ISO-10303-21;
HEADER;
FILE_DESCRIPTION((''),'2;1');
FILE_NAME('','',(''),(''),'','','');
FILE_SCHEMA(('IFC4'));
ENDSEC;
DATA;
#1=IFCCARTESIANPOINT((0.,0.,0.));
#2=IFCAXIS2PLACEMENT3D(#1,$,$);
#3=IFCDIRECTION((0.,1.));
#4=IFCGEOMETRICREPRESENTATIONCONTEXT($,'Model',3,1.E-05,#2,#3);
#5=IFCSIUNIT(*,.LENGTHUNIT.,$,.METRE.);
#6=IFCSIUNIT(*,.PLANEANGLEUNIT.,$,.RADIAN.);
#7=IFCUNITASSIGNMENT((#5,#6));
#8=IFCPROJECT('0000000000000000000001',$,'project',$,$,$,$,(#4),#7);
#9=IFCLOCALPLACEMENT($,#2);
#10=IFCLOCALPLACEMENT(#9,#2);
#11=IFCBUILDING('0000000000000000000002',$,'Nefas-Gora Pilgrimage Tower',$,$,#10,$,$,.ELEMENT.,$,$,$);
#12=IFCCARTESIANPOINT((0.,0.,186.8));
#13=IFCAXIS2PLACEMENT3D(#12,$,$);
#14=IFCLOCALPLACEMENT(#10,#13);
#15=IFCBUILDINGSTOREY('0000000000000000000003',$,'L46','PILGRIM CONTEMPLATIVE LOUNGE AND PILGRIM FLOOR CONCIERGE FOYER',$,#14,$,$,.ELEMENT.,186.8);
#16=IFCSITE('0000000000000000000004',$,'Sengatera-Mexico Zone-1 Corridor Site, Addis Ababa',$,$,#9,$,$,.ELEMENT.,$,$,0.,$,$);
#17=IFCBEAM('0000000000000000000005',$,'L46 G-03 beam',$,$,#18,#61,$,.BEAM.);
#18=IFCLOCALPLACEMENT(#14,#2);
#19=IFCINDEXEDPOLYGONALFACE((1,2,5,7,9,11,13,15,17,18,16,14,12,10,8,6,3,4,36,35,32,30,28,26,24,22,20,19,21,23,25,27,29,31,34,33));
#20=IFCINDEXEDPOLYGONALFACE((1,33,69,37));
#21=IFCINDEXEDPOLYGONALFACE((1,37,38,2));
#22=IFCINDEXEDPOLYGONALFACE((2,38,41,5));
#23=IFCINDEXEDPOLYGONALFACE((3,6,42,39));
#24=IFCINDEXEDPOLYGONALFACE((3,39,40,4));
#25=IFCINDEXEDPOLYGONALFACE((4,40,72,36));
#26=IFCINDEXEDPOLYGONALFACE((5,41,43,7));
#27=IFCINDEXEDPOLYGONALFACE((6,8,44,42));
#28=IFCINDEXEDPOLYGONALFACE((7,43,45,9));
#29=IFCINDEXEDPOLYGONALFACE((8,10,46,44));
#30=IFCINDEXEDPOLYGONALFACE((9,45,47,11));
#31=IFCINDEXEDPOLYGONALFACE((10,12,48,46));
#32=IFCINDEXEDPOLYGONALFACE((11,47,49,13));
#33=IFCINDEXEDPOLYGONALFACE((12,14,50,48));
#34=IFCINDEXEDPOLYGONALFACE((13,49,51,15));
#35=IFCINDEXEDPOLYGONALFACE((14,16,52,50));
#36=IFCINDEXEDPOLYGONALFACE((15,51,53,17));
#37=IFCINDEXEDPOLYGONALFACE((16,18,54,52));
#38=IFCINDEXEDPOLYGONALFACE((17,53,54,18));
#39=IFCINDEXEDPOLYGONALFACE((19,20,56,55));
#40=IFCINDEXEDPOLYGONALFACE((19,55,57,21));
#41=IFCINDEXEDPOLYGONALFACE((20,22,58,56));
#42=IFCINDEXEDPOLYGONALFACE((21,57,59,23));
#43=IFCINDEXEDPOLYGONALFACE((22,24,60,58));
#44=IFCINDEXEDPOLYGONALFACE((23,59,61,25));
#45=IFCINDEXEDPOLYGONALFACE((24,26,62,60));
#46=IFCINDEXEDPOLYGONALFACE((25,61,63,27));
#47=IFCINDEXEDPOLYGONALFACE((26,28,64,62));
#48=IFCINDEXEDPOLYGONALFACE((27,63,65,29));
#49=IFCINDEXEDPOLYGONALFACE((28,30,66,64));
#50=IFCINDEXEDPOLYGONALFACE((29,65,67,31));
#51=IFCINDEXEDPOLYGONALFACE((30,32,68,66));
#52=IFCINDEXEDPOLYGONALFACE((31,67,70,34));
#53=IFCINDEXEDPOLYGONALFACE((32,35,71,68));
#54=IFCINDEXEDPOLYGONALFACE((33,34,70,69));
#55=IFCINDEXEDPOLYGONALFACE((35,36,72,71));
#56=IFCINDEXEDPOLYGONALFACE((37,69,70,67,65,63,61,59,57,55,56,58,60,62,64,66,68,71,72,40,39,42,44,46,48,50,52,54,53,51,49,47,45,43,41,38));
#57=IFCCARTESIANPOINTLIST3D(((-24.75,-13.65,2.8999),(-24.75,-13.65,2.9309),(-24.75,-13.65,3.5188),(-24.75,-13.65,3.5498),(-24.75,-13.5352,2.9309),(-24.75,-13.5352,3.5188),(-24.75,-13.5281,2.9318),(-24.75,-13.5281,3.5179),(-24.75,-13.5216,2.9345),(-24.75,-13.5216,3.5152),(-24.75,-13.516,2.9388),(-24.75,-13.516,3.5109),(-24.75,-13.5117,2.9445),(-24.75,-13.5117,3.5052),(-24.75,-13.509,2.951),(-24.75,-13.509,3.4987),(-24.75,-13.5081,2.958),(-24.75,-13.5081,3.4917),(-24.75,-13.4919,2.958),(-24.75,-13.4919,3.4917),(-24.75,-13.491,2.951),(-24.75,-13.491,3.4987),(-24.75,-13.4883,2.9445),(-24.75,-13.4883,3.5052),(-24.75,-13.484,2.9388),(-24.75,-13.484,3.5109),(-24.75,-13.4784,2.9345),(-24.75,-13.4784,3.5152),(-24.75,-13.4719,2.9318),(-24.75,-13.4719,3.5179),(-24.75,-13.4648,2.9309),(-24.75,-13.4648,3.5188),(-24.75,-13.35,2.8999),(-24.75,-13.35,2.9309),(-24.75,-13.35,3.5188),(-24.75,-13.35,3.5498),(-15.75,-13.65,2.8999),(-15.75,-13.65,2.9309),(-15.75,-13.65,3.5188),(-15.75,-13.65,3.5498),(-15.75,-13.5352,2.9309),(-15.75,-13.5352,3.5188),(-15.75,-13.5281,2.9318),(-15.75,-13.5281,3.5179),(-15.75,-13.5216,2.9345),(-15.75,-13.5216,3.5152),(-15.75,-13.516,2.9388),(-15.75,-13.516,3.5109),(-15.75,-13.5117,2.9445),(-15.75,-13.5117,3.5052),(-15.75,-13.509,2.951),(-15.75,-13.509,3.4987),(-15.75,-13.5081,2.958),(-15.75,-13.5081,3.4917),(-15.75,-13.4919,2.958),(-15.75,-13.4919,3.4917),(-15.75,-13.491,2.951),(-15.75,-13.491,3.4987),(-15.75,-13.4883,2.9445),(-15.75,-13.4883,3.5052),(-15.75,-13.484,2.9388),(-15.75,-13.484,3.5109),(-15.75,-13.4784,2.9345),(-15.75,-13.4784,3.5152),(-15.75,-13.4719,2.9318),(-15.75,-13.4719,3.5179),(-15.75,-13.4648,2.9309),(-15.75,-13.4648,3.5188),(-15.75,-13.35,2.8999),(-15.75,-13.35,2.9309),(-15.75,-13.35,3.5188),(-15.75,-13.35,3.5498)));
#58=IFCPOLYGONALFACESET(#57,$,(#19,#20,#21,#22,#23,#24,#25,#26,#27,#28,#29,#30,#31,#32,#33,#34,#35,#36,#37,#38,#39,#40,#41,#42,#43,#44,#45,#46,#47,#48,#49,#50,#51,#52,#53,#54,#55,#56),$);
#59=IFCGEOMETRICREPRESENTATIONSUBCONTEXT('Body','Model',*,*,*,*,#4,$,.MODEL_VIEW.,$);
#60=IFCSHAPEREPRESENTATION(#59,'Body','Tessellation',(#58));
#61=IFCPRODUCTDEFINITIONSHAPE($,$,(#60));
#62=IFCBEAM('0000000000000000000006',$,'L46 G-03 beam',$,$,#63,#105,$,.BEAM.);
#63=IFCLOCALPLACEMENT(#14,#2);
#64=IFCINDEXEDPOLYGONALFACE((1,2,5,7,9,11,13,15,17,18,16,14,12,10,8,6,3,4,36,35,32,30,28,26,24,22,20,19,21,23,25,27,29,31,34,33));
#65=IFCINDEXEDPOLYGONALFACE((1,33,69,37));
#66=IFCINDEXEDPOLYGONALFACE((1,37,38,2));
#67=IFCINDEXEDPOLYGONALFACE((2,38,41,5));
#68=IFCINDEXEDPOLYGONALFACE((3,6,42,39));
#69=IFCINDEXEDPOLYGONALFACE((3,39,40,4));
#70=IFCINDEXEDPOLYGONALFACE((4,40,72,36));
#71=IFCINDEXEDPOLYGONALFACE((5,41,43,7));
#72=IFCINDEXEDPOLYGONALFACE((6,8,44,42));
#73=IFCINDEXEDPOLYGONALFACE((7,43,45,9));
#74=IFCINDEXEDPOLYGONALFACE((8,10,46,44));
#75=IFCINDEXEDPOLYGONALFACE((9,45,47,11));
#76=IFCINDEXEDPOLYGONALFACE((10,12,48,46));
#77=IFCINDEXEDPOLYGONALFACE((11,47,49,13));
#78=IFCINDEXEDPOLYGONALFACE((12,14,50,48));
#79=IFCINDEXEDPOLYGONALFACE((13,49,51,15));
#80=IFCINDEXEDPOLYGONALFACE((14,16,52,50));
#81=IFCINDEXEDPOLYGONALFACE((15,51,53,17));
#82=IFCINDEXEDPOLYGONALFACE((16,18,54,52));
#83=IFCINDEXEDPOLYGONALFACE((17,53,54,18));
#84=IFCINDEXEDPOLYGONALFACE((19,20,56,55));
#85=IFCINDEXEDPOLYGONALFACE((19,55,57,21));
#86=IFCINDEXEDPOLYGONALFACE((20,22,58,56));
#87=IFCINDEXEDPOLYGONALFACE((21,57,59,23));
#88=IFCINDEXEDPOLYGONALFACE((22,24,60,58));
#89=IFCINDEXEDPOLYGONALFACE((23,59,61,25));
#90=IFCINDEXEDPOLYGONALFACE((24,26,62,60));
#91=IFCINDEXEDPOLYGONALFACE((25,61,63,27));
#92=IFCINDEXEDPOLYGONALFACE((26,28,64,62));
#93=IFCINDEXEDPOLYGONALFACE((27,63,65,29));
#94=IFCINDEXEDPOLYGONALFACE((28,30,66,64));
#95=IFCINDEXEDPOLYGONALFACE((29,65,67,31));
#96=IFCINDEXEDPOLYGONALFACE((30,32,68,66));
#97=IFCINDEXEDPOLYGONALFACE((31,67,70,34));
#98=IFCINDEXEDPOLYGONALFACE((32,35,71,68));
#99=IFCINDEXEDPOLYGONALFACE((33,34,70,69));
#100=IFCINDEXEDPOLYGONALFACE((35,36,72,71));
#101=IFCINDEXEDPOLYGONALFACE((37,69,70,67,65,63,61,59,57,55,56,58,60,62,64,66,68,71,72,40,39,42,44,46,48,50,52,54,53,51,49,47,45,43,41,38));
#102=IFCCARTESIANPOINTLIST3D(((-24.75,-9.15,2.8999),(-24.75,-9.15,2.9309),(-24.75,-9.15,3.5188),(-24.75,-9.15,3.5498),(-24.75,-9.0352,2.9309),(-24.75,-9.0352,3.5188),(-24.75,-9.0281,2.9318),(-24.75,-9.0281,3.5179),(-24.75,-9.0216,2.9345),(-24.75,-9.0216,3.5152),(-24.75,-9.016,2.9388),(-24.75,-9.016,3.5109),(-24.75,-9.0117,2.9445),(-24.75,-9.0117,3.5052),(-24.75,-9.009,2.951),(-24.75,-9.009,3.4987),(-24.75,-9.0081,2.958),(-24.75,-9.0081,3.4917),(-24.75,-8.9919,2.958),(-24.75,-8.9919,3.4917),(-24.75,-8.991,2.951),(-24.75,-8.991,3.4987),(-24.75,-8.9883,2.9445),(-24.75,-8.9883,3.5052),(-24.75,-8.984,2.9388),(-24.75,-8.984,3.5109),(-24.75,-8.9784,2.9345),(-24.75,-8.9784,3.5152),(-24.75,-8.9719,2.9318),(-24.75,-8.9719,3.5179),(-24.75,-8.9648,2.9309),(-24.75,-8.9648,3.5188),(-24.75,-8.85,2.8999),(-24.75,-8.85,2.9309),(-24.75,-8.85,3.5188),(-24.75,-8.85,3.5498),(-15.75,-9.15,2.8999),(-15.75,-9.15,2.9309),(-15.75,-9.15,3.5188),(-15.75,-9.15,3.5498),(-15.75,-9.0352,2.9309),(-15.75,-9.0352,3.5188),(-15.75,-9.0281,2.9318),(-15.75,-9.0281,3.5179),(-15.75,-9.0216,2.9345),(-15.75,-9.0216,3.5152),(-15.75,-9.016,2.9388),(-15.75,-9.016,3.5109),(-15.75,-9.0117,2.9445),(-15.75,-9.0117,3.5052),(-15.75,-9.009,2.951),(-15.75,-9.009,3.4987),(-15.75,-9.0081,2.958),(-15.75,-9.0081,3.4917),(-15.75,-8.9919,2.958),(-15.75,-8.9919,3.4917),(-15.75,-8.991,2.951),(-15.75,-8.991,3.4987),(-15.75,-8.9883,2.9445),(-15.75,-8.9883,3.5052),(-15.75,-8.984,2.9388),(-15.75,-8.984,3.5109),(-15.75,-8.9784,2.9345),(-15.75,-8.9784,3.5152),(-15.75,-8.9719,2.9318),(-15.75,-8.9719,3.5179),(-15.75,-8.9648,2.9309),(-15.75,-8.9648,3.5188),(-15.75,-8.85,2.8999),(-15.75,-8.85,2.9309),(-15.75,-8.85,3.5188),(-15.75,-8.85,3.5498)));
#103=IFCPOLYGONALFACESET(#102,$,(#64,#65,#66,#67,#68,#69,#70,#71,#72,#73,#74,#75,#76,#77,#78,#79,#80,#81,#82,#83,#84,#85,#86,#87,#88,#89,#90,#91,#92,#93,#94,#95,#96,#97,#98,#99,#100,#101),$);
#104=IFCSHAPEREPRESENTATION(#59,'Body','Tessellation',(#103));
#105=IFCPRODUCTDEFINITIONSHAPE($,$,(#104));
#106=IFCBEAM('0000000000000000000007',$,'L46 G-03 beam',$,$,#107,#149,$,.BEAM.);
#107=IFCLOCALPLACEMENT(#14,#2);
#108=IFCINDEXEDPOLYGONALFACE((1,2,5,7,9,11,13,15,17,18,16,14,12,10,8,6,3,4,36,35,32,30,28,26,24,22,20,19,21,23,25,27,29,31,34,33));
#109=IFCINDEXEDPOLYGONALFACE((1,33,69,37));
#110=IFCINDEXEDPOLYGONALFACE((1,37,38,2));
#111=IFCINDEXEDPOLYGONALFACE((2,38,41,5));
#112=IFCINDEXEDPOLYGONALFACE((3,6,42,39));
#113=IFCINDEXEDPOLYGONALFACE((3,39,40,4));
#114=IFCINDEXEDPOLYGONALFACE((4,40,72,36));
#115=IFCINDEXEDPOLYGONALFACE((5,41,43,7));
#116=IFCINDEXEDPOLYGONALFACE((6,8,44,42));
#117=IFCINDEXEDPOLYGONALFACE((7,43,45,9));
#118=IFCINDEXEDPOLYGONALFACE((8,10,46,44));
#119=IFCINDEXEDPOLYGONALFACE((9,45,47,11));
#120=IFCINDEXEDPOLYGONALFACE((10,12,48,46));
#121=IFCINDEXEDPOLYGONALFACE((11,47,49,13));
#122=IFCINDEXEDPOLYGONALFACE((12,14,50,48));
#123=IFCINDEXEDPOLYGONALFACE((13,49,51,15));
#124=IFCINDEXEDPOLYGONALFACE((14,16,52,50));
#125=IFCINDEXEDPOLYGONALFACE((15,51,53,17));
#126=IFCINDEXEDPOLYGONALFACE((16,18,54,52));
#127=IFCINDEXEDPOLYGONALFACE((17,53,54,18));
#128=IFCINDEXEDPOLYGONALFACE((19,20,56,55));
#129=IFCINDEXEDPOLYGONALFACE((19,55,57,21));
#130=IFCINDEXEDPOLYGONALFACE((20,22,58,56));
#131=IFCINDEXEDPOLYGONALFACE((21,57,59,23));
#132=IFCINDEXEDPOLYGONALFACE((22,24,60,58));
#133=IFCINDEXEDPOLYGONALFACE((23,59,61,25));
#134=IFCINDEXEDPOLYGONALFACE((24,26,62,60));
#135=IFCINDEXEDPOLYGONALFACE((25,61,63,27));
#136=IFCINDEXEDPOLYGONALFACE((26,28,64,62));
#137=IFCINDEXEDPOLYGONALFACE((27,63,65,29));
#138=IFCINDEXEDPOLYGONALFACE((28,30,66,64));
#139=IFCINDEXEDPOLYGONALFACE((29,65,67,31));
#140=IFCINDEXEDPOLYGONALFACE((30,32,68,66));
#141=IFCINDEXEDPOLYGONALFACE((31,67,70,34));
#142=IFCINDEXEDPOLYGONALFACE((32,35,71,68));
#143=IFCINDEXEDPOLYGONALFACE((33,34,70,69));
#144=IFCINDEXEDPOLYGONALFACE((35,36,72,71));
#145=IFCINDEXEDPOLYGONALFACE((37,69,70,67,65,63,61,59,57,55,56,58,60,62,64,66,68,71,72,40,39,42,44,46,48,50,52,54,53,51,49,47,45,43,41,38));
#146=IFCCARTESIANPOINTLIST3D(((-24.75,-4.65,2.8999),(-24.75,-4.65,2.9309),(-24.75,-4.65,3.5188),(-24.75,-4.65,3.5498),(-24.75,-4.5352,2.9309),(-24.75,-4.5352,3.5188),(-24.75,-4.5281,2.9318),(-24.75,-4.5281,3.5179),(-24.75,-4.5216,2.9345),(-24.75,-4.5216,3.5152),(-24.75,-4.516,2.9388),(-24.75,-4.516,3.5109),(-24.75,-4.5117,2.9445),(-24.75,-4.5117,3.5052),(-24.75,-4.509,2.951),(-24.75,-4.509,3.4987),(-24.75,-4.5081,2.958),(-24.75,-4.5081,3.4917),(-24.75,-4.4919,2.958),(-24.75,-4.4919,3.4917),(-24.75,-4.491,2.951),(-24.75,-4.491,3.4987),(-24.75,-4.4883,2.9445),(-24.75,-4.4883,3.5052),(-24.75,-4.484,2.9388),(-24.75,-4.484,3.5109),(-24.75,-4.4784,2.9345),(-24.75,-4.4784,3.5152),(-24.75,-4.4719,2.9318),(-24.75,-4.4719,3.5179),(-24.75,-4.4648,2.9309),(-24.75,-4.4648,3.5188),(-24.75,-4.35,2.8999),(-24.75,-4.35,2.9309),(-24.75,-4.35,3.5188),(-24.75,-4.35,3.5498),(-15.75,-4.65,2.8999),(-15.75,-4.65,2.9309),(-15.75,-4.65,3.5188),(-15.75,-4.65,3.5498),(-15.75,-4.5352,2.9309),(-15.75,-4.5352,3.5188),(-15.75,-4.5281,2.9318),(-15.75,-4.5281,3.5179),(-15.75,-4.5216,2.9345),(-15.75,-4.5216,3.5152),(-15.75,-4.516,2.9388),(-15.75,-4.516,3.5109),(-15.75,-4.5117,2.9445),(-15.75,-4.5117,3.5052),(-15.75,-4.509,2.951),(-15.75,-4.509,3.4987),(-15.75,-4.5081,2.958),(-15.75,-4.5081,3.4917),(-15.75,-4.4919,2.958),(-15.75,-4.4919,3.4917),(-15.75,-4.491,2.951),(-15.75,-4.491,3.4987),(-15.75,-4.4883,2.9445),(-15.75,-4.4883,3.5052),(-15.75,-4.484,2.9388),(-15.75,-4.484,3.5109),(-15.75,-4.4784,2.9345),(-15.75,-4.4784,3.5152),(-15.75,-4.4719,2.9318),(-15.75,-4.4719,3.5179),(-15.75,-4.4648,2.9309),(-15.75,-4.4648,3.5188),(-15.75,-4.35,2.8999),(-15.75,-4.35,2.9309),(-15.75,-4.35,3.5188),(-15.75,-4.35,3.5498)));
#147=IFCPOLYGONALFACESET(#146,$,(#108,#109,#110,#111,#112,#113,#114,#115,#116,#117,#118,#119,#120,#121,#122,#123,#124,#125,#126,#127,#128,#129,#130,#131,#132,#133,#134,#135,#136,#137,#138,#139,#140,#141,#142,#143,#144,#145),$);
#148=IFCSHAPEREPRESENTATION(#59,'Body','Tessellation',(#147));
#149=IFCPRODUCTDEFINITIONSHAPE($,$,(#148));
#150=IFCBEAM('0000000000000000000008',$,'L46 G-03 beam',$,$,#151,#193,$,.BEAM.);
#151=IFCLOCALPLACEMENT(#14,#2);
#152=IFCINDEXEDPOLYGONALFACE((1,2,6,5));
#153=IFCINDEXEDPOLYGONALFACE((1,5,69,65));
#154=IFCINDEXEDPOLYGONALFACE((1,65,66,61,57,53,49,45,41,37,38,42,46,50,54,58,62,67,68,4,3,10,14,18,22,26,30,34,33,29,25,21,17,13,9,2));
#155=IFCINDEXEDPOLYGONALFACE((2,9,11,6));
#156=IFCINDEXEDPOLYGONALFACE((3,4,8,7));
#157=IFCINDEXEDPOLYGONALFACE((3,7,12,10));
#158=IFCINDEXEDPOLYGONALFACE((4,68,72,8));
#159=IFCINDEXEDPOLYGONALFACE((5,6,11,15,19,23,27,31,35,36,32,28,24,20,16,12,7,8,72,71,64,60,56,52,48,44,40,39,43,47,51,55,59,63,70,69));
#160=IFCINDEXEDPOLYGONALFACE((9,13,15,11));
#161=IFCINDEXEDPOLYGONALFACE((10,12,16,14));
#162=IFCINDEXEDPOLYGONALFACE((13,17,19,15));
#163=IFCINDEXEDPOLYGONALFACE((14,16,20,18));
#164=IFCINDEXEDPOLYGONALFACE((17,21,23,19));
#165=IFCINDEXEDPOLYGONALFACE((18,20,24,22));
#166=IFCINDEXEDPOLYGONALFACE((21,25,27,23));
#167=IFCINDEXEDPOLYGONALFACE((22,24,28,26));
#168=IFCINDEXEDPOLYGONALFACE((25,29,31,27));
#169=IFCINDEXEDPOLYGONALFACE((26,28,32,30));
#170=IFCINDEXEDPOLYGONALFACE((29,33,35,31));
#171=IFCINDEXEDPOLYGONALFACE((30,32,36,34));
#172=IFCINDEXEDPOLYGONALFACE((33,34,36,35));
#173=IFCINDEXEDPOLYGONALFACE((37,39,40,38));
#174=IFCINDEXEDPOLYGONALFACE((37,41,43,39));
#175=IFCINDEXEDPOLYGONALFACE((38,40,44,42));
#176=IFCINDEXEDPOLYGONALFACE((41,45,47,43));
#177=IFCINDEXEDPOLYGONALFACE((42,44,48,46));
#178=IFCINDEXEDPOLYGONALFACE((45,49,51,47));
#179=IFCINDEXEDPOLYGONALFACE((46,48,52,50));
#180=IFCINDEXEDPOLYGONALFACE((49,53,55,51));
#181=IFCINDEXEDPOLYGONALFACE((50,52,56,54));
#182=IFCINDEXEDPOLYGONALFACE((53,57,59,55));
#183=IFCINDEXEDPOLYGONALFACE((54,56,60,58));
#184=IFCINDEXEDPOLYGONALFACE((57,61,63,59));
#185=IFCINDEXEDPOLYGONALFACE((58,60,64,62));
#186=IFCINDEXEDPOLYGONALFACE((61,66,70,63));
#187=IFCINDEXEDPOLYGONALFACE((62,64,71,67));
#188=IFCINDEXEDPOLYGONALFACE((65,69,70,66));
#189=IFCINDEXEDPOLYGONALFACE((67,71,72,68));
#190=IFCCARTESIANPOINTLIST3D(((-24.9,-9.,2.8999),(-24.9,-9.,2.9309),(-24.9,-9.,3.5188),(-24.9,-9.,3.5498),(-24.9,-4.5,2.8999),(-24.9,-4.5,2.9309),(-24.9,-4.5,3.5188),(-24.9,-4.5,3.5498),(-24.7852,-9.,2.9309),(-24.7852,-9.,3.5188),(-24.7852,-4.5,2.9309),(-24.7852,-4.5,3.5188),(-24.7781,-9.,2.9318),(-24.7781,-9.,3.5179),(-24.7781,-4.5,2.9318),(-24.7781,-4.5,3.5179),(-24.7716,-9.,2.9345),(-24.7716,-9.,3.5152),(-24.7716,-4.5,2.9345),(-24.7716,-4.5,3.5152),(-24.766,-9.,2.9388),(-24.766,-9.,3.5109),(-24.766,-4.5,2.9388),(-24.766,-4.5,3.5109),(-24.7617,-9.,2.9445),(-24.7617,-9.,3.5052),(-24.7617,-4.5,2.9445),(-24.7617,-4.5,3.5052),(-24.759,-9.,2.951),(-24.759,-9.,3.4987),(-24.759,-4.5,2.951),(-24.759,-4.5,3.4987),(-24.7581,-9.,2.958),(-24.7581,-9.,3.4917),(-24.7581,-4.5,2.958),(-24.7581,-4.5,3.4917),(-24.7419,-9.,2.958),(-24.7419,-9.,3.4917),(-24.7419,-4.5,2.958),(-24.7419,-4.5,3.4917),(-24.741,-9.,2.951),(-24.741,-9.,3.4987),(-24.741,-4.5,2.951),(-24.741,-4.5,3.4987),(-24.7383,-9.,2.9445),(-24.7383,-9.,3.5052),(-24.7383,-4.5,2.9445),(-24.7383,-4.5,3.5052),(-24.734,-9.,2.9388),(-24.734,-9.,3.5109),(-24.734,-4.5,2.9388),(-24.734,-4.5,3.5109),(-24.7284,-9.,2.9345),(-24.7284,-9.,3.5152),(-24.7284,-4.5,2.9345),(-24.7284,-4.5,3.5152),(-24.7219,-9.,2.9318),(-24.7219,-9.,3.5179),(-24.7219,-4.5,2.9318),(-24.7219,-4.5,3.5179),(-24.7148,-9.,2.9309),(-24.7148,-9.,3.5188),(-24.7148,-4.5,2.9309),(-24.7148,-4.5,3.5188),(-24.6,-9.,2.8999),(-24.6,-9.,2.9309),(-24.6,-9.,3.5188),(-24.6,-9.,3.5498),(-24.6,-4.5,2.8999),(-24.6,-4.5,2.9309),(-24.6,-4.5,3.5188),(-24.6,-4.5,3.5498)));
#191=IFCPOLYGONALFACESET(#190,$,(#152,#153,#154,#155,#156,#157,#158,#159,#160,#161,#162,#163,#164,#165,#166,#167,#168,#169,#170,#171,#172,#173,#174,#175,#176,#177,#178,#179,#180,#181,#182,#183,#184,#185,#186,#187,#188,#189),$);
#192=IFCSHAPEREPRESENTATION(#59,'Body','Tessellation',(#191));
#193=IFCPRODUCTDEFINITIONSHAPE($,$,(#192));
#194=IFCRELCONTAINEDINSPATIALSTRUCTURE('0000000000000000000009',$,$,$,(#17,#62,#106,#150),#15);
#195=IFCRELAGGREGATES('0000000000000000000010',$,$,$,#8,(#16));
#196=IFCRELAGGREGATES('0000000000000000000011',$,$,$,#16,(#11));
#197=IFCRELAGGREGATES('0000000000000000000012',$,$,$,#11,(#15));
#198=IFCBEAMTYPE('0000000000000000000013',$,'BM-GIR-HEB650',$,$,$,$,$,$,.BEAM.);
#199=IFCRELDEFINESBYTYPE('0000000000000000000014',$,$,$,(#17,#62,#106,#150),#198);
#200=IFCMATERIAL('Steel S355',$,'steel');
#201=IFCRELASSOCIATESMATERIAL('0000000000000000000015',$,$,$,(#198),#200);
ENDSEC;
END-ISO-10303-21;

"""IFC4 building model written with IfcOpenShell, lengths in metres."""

from ifc_helpers import new_model, si_unit, direction, frame, origin, origin_2d, place, context, subcontext, project, spatial, i_section, extrude, source, transform, mapped, material, material_profile, profile_set, type_object, element, save


model = new_model("IFC4")

# Units and contexts
model_context = context("Model", 3, precision=1e-05, world=origin(), true_north=direction((0.0, 1.0)))
body_context = subcontext(model_context, "Body", "Model", "MODEL_VIEW")
ifc_project = project(units=[si_unit("LENGTHUNIT", "METRE"), si_unit("PLANEANGLEUNIT", "RADIAN")], contexts=[model_context])

# Site, building, storey
site_placement = place(None, origin())
site = spatial("IfcSite", under=ifc_project, at=site_placement, Name="Sengatera-Mexico Zone-1 Corridor Site, Addis Ababa", CompositionType="ELEMENT", RefElevation=0.0)
building_placement = place(site_placement, origin())
building = spatial("IfcBuilding", under=site, at=building_placement, Name="Nefas-Gora Pilgrimage Tower", CompositionType="ELEMENT")
storey_placement = place(building_placement, frame((0.0, 0.0, 186.8)))
storey = spatial("IfcBuildingStorey", under=building, at=storey_placement, Name="L46", Description="PILGRIM CONTEMPLATIVE LOUNGE AND PILGRIM FLOOR CONCIERGE FOYER", CompositionType="ELEMENT", Elevation=186.8)

# Beams
ifc_material_1 = material(Name="Steel S355", Category="steel")
ifc_material_profile_1 = material_profile(ifc_material_1, i_section(OverallWidth=0.3, OverallDepth=0.6499, WebThickness=0.0161, FlangeThickness=0.031, FilletRadius=0.0271, at=origin_2d()), Name="HEB 650")
ifc_profile_set_1 = profile_set([ifc_material_profile_1], Name="Steel S355")
beam_type_1 = type_object("IfcBeamType", Name="BM-GIR-HEB650", PredefinedType="BEAM", material=ifc_profile_set_1)
shared_shape_1 = source(origin(), body_context, "Body", "SweptSolid", [
    extrude(i_section(OverallWidth=0.3, OverallDepth=0.6499, WebThickness=0.0161, FlangeThickness=0.031, FilletRadius=0.0271, at=origin_2d()), origin(), (0.0, 0.0, 1.0), 9.0),
])
for number, where, z_axis, x_axis, name in (
    (1, (-24.75, -13.5, 3.2249), (1.0, 0.0, 0.0), (0.0, 1.0, 0.0), "L46 G-03 beam"),
    (2, (-24.75, -9.0, 3.2249), (1.0, 0.0, 0.0), (0.0, 1.0, 0.0), "L46 G-03 beam"),
    (3, (-24.75, -4.5, 3.2249), (1.0, 0.0, 0.0), (0.0, 1.0, 0.0), "L46 G-03 beam"),
):
    element("IfcBeam", number, at=place(storey_placement, frame(where, z_axis=z_axis, x_axis=x_axis)), inside=storey, type_object=beam_type_1, Name=name, PredefinedType="BEAM", context=body_context, shape_type="MappedRepresentation", body=[
        mapped(shared_shape_1, transform((0.0, 0.0, 0.0), x_axis=(1.0, 0.0, 0.0), y_axis=(0.0, 1.0, 0.0), z_axis=(0.0, 0.0, 1.0), scale=1.0)),
    ])
shared_shape_2 = source(origin(), body_context, "Body", "SweptSolid", [
    extrude(i_section(OverallWidth=0.3, OverallDepth=0.6499, WebThickness=0.0161, FlangeThickness=0.031, FilletRadius=0.0271, at=origin_2d()), origin(), (0.0, 0.0, 1.0), 4.5),
])
for number, where, z_axis, x_axis, name in (
    (4, (-24.75, -9.0, 3.2249), (0.0, 1.0, 0.0), (-1.0, 0.0, 0.0), "L46 G-03 beam"),
):
    element("IfcBeam", number, at=place(storey_placement, frame(where, z_axis=z_axis, x_axis=x_axis)), inside=storey, type_object=beam_type_1, Name=name, PredefinedType="BEAM", context=body_context, shape_type="MappedRepresentation", body=[
        mapped(shared_shape_2, transform((0.0, 0.0, 0.0), x_axis=(1.0, 0.0, 0.0), y_axis=(0.0, 1.0, 0.0), z_axis=(0.0, 0.0, 1.0), scale=1.0)),
    ])

save(model, "model.ifc")
